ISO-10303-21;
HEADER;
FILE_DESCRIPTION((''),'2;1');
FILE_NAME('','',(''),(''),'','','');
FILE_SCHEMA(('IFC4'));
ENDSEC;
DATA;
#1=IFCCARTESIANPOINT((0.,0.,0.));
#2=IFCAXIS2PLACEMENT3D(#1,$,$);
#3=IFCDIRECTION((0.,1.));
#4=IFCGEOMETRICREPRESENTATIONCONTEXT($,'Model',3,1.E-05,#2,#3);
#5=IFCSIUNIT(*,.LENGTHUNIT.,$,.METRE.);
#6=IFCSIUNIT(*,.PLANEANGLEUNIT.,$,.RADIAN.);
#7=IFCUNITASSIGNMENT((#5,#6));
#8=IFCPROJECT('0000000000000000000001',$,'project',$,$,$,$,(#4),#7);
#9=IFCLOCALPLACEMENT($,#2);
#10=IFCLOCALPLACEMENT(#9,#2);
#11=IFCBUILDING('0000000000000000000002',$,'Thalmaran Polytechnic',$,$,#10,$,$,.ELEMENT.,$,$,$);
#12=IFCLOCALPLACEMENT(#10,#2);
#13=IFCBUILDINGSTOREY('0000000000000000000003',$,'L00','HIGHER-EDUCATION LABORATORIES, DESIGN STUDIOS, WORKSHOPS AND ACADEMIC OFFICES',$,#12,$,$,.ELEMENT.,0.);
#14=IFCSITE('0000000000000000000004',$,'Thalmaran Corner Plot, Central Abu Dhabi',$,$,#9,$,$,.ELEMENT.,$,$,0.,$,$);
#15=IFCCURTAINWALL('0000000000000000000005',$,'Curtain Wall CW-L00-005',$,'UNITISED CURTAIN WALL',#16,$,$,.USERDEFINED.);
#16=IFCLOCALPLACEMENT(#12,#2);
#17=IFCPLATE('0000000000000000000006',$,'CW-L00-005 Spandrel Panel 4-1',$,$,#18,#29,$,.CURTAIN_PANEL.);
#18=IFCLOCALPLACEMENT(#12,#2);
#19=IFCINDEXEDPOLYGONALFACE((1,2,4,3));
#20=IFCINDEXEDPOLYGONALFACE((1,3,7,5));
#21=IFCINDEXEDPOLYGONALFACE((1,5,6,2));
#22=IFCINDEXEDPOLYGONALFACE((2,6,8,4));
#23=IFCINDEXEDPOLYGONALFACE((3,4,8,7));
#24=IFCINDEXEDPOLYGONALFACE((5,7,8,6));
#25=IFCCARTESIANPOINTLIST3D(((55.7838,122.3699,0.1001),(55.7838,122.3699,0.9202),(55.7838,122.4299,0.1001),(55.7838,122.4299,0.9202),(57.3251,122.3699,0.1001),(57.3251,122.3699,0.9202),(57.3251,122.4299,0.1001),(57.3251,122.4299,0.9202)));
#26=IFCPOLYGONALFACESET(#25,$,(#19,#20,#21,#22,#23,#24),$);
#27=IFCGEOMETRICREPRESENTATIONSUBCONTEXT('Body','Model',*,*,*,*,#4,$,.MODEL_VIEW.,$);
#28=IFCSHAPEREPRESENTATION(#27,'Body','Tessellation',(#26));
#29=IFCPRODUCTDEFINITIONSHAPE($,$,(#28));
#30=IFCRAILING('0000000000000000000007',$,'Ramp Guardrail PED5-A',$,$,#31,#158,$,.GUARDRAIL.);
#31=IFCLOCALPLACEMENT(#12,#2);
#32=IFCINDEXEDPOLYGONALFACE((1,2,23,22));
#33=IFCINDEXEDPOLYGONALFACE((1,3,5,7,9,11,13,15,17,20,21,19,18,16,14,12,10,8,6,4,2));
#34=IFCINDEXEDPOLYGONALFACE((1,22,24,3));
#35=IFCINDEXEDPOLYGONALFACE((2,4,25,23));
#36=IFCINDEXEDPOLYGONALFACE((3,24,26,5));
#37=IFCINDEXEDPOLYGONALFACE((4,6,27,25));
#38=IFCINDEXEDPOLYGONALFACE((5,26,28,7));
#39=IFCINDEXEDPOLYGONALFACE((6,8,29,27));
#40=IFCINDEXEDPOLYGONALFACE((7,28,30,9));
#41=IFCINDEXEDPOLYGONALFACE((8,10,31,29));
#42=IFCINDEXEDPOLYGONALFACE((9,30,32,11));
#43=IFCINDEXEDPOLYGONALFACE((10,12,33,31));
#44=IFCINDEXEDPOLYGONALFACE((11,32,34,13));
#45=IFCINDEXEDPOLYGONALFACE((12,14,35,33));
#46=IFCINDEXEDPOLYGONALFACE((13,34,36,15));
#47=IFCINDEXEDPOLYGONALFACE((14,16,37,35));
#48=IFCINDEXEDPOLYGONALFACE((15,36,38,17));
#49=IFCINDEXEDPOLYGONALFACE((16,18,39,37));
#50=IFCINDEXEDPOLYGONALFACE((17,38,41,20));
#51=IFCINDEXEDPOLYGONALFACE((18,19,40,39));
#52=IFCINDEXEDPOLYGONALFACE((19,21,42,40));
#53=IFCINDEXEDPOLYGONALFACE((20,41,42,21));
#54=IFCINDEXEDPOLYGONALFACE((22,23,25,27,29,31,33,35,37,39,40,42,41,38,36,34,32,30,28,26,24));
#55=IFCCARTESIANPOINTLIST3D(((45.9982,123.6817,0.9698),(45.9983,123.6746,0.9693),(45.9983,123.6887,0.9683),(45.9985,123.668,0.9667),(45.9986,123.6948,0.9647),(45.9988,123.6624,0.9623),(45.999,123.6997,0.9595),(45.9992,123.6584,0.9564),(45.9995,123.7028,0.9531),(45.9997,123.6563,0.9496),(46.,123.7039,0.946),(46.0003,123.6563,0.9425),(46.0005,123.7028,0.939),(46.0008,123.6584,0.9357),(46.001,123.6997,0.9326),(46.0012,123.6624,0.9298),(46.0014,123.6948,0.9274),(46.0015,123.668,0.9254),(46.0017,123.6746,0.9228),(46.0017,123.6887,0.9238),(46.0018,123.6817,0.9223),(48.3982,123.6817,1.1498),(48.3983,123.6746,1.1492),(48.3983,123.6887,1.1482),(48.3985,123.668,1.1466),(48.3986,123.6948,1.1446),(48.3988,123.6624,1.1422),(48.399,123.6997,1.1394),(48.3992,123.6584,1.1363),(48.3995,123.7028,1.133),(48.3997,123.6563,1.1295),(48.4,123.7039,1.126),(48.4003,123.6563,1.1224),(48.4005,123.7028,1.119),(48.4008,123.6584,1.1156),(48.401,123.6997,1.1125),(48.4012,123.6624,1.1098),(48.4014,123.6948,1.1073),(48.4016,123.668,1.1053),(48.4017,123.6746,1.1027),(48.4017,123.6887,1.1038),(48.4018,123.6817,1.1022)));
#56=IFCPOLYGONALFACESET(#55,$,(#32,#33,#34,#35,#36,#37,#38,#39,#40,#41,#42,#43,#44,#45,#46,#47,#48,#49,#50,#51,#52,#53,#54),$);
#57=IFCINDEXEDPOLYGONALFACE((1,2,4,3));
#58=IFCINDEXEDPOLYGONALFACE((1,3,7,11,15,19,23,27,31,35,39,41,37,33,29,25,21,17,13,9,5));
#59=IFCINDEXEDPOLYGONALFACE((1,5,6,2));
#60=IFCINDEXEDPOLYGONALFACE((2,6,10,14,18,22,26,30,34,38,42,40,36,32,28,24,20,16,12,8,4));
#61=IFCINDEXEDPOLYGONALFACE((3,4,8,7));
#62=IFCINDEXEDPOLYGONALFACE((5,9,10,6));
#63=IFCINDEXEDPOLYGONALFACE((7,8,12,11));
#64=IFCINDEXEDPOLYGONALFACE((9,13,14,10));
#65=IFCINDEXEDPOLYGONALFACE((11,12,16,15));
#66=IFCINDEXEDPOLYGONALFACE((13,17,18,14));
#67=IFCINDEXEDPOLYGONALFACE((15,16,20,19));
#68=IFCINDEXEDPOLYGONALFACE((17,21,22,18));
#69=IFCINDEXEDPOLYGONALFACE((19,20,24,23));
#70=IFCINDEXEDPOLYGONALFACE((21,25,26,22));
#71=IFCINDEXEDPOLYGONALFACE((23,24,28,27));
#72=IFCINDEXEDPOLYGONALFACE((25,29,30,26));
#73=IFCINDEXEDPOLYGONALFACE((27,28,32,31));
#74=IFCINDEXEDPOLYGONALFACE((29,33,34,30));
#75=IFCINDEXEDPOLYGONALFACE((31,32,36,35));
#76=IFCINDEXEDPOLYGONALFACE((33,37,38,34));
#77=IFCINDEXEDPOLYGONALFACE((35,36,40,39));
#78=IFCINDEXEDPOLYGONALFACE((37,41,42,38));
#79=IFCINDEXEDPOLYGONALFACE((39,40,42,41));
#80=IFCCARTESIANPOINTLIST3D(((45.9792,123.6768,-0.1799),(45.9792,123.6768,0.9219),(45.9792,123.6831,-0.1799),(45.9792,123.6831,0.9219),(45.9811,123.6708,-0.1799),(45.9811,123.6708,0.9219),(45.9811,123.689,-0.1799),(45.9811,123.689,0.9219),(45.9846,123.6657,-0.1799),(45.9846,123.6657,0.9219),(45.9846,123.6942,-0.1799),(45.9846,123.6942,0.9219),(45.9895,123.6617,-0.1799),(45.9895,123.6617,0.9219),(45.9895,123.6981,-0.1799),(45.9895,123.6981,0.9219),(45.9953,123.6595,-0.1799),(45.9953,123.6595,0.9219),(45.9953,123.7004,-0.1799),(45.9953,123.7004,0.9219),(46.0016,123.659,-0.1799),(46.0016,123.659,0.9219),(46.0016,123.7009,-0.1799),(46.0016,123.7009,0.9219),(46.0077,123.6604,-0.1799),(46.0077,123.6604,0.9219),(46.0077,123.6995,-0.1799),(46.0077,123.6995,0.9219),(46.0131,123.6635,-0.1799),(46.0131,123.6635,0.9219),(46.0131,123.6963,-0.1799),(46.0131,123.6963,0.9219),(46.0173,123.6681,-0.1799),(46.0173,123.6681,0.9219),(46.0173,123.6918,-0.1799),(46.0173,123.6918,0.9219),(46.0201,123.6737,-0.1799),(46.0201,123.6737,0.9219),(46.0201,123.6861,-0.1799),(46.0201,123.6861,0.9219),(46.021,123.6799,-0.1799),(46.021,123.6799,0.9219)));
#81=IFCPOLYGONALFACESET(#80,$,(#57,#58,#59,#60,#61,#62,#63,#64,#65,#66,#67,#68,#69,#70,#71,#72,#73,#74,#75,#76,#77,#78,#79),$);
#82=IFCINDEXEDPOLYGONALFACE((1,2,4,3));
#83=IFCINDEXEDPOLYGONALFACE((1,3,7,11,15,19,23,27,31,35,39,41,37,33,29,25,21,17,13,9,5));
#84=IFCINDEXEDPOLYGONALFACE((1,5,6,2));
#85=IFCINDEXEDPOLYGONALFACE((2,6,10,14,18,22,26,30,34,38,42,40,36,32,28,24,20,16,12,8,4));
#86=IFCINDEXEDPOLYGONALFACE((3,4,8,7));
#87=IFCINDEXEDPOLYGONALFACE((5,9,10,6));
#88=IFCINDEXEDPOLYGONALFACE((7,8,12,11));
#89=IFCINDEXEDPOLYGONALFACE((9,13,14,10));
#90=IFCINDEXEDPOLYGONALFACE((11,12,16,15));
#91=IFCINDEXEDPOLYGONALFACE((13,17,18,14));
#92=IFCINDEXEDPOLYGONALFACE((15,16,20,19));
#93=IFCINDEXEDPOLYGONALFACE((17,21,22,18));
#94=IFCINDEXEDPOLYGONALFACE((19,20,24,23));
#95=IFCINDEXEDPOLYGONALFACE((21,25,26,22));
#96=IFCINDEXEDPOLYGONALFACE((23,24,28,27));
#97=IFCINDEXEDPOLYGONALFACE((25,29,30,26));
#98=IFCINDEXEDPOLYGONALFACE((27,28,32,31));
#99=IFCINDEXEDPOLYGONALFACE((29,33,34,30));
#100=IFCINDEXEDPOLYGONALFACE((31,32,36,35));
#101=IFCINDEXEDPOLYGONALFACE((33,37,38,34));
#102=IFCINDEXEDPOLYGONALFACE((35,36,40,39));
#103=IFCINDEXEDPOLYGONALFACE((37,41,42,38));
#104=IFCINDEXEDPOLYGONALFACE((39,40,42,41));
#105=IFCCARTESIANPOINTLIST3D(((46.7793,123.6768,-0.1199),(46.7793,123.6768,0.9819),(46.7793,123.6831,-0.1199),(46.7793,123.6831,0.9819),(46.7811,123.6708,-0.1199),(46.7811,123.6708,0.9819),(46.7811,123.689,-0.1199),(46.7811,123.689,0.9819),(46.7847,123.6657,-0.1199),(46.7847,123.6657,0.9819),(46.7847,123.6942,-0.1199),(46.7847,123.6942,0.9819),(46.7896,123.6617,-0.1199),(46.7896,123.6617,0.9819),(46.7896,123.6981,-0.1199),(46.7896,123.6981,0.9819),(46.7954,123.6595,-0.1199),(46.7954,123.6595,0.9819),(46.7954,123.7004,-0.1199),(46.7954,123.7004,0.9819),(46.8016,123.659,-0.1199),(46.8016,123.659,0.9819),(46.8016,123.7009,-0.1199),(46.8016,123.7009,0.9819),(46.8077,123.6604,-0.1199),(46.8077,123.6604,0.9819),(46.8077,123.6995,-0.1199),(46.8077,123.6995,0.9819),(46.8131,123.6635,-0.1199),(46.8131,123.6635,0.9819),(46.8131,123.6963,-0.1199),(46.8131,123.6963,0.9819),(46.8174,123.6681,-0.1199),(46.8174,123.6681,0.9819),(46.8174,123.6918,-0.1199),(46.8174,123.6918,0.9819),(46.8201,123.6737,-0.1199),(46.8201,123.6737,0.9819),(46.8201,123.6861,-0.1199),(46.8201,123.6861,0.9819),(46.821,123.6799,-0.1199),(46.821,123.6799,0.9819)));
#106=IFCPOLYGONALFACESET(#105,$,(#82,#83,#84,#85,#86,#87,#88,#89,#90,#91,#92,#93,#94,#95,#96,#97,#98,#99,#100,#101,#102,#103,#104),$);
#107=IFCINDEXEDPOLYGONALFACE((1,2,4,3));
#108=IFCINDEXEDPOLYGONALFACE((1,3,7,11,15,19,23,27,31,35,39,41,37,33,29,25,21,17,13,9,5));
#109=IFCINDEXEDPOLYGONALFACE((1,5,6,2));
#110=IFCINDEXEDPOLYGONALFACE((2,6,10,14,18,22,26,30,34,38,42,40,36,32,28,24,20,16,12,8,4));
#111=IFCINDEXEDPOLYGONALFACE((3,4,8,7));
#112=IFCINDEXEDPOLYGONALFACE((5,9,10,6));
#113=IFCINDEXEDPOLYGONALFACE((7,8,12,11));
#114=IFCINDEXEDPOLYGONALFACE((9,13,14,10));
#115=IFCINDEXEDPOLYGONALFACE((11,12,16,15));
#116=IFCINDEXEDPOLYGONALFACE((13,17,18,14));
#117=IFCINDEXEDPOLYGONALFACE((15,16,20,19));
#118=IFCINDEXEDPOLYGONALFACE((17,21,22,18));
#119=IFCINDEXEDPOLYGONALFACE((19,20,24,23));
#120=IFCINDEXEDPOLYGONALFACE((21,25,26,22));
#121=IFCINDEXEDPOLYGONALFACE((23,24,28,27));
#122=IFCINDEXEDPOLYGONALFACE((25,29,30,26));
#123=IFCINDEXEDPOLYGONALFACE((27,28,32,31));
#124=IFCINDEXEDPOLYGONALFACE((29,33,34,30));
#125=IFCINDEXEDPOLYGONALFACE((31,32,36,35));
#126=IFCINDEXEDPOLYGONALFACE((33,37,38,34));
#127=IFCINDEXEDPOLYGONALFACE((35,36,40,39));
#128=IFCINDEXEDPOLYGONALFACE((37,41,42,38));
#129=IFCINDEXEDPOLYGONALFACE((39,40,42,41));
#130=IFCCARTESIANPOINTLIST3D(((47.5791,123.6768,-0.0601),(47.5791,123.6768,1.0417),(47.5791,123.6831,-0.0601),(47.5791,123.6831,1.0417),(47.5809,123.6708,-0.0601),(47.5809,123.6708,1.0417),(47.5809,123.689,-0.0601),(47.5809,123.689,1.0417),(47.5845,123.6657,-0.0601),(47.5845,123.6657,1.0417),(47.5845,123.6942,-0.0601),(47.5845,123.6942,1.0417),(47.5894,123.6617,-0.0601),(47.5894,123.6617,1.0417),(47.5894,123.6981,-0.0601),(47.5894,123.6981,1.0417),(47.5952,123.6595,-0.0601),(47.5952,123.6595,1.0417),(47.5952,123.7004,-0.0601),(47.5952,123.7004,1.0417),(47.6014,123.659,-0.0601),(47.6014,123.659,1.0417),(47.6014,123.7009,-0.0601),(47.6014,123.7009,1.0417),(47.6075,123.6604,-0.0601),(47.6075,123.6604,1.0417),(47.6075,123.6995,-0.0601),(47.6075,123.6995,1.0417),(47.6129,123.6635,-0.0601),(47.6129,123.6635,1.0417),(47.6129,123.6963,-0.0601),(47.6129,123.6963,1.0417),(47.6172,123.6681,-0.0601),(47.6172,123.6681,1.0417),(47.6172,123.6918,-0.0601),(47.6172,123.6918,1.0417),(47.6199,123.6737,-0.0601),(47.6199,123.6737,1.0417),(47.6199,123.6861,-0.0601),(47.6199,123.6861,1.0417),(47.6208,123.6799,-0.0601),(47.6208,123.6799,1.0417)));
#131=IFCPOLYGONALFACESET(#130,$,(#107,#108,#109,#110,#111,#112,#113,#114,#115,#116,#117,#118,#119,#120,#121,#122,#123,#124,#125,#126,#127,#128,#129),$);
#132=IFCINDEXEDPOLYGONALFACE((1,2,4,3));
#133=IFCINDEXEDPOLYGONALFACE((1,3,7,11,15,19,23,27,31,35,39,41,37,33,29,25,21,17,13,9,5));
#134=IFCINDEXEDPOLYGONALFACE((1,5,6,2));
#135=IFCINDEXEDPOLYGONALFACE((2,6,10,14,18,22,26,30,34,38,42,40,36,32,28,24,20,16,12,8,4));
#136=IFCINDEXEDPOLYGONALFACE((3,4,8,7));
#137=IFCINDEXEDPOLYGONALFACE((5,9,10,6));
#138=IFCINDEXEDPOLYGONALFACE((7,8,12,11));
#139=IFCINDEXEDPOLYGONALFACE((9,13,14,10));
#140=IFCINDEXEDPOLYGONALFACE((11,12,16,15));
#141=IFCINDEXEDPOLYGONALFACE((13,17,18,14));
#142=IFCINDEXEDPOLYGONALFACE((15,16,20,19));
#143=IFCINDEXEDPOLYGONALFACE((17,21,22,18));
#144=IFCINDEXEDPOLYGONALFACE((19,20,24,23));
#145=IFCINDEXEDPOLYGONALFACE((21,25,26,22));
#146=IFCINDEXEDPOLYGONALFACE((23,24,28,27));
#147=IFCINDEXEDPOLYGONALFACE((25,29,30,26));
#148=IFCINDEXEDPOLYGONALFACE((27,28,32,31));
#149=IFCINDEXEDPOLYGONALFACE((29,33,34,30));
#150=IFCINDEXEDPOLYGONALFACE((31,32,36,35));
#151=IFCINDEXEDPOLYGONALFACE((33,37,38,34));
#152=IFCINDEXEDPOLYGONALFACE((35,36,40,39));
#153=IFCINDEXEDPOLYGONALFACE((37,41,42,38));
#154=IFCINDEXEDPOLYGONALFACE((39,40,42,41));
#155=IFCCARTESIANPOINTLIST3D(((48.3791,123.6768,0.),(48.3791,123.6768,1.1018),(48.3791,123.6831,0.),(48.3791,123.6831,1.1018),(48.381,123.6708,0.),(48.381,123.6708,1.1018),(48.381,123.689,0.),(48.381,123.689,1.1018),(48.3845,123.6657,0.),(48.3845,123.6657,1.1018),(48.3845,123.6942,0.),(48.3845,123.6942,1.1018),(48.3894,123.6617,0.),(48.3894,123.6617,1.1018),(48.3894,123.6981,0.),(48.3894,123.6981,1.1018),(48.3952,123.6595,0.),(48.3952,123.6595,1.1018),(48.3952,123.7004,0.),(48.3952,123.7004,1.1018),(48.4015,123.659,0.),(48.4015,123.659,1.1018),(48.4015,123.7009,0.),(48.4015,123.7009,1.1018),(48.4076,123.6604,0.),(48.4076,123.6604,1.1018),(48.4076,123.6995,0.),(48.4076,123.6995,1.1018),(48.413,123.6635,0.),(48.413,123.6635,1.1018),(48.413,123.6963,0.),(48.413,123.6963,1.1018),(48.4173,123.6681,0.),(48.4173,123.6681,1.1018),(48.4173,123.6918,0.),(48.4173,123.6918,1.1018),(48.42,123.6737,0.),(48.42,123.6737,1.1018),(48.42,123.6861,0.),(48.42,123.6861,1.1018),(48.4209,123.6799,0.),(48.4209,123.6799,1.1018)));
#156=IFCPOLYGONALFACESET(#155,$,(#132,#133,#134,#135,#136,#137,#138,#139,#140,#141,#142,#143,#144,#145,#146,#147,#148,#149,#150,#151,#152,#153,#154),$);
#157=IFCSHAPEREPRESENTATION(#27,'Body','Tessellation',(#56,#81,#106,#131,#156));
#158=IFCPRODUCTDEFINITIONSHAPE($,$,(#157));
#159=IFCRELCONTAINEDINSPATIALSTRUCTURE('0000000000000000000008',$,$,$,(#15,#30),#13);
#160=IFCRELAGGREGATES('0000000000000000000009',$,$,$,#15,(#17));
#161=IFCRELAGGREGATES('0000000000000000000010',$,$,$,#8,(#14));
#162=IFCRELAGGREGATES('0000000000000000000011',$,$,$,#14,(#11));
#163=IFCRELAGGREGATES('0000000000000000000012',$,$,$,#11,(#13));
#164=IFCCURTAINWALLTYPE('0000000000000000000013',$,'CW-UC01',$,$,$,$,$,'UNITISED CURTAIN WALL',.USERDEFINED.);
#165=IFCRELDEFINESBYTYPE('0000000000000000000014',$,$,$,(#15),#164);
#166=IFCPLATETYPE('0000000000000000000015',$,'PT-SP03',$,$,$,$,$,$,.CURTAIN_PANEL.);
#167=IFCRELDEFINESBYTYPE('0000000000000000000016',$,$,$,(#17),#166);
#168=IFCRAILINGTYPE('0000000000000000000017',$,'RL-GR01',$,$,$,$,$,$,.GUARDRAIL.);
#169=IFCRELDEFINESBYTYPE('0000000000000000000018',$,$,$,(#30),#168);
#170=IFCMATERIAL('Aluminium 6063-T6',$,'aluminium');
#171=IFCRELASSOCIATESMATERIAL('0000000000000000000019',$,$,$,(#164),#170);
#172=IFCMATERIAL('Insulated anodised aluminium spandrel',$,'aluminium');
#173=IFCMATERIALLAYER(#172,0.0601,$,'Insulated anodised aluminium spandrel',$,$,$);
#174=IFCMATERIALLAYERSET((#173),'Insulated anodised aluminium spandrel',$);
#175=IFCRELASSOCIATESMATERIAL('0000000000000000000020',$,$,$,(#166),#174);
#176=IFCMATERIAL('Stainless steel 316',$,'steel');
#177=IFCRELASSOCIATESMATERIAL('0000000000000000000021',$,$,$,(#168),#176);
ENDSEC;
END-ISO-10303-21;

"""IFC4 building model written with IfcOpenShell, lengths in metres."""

from ifc_helpers import new_model, si_unit, direction, frame, origin, origin_2d, place, context, subcontext, project, spatial, rectangle, circle, extrude, material, layer, layer_set, type_object, element, aggregate, save


model = new_model("IFC4")

# Units and contexts
model_context = context("Model", 3, precision=1e-05, world=origin(), true_north=direction((0.0, 1.0)))
body_context = subcontext(model_context, "Body", "Model", "MODEL_VIEW")
ifc_project = project(units=[si_unit("LENGTHUNIT", "METRE"), si_unit("PLANEANGLEUNIT", "RADIAN")], contexts=[model_context])

# Site, building, storey
site_placement = place(None, origin())
site = spatial("IfcSite", under=ifc_project, at=site_placement, Name="Thalmaran Corner Plot, Central Abu Dhabi", CompositionType="ELEMENT", RefElevation=0.0)
building_placement = place(site_placement, origin())
building = spatial("IfcBuilding", under=site, at=building_placement, Name="Thalmaran Polytechnic", CompositionType="ELEMENT")
storey_placement = place(building_placement, origin())
storey = spatial("IfcBuildingStorey", under=building, at=storey_placement, Name="L00", Description="HIGHER-EDUCATION LABORATORIES, DESIGN STUDIOS, WORKSHOPS AND ACADEMIC OFFICES", CompositionType="ELEMENT", Elevation=0.0)

# Curtain wall
ifc_material_1 = material(Name="Aluminium 6063-T6", Category="aluminium")
curtain_wall_type = type_object("IfcCurtainWallType", Name="CW-UC01", ElementType="UNITISED CURTAIN WALL", PredefinedType="USERDEFINED", material=ifc_material_1)
curtain_wall_placement = place(storey_placement, origin())
curtain_wall = element("IfcCurtainWall", 1, at=curtain_wall_placement, inside=storey, type_object=curtain_wall_type, Name="Curtain Wall CW-L00-005", ObjectType="UNITISED CURTAIN WALL", PredefinedType="USERDEFINED")

# Plate
ifc_material_2 = material(Name="Insulated anodised aluminium spandrel", Category="aluminium")
ifc_layer_1 = layer(ifc_material_2, 0.0601, Name="Insulated anodised aluminium spandrel")
ifc_layer_set_1 = layer_set([ifc_layer_1], Name="Insulated anodised aluminium spandrel")
plate_type_1 = type_object("IfcPlateType", Name="PT-SP03", PredefinedType="CURTAIN_PANEL", material=ifc_layer_set_1)
plate_1_placement = place(storey_placement, frame((56.5544, 122.3999, 0.1001), z_axis=(0.0, 0.0, 1.0), x_axis=(1.0, 0.0, 0.0)))
plate_1 = element("IfcPlate", 2, at=plate_1_placement, type_object=plate_type_1, Name="CW-L00-005 Spandrel Panel 4-1", PredefinedType="CURTAIN_PANEL", context=body_context, shape_type="SweptSolid", body=[
    extrude(rectangle(XDim=1.5413, YDim=0.0601, at=origin_2d()), origin(), (0.0, 0.0, 1.0), 0.8201),
])
aggregate(curtain_wall, [plate_1])

# Railing
ifc_material_3 = material(Name="Stainless steel 316", Category="steel")
railing_type = type_object("IfcRailingType", Name="RL-GR01", PredefinedType="GUARDRAIL", material=ifc_material_3)
for number, where, name in (
    (3, (46.0, 123.6799, -0.1799), "Ramp Guardrail PED5-A"),
):
    element("IfcRailing", number, at=place(storey_placement, frame(where)), inside=storey, type_object=railing_type, Name=name, PredefinedType="GUARDRAIL", context=body_context, shape_type="SweptSolid", body=[
        extrude(circle(Radius=0.0239, at=origin_2d()), frame((0.0, 0.0, 1.126), z_axis=(0.997201, 0.0, 0.074765), x_axis=(0.0, 1.0, 0.0)), (0.0, 0.0, 1.0), 2.4067),
        extrude(circle(Radius=0.021, at=origin_2d()), origin(), (0.0, 0.0, 1.0), 1.1018),
        extrude(circle(Radius=0.021, at=origin_2d()), frame((0.8, 0.0, 0.0601)), (0.0, 0.0, 1.0), 1.1018),
        extrude(circle(Radius=0.021, at=origin_2d()), frame((1.5999, 0.0, 0.1199)), (0.0, 0.0, 1.0), 1.1018),
        extrude(circle(Radius=0.021, at=origin_2d()), frame((2.3999, 0.0, 0.1799)), (0.0, 0.0, 1.0), 1.1018),
    ])

save(model, "model.ifc")
